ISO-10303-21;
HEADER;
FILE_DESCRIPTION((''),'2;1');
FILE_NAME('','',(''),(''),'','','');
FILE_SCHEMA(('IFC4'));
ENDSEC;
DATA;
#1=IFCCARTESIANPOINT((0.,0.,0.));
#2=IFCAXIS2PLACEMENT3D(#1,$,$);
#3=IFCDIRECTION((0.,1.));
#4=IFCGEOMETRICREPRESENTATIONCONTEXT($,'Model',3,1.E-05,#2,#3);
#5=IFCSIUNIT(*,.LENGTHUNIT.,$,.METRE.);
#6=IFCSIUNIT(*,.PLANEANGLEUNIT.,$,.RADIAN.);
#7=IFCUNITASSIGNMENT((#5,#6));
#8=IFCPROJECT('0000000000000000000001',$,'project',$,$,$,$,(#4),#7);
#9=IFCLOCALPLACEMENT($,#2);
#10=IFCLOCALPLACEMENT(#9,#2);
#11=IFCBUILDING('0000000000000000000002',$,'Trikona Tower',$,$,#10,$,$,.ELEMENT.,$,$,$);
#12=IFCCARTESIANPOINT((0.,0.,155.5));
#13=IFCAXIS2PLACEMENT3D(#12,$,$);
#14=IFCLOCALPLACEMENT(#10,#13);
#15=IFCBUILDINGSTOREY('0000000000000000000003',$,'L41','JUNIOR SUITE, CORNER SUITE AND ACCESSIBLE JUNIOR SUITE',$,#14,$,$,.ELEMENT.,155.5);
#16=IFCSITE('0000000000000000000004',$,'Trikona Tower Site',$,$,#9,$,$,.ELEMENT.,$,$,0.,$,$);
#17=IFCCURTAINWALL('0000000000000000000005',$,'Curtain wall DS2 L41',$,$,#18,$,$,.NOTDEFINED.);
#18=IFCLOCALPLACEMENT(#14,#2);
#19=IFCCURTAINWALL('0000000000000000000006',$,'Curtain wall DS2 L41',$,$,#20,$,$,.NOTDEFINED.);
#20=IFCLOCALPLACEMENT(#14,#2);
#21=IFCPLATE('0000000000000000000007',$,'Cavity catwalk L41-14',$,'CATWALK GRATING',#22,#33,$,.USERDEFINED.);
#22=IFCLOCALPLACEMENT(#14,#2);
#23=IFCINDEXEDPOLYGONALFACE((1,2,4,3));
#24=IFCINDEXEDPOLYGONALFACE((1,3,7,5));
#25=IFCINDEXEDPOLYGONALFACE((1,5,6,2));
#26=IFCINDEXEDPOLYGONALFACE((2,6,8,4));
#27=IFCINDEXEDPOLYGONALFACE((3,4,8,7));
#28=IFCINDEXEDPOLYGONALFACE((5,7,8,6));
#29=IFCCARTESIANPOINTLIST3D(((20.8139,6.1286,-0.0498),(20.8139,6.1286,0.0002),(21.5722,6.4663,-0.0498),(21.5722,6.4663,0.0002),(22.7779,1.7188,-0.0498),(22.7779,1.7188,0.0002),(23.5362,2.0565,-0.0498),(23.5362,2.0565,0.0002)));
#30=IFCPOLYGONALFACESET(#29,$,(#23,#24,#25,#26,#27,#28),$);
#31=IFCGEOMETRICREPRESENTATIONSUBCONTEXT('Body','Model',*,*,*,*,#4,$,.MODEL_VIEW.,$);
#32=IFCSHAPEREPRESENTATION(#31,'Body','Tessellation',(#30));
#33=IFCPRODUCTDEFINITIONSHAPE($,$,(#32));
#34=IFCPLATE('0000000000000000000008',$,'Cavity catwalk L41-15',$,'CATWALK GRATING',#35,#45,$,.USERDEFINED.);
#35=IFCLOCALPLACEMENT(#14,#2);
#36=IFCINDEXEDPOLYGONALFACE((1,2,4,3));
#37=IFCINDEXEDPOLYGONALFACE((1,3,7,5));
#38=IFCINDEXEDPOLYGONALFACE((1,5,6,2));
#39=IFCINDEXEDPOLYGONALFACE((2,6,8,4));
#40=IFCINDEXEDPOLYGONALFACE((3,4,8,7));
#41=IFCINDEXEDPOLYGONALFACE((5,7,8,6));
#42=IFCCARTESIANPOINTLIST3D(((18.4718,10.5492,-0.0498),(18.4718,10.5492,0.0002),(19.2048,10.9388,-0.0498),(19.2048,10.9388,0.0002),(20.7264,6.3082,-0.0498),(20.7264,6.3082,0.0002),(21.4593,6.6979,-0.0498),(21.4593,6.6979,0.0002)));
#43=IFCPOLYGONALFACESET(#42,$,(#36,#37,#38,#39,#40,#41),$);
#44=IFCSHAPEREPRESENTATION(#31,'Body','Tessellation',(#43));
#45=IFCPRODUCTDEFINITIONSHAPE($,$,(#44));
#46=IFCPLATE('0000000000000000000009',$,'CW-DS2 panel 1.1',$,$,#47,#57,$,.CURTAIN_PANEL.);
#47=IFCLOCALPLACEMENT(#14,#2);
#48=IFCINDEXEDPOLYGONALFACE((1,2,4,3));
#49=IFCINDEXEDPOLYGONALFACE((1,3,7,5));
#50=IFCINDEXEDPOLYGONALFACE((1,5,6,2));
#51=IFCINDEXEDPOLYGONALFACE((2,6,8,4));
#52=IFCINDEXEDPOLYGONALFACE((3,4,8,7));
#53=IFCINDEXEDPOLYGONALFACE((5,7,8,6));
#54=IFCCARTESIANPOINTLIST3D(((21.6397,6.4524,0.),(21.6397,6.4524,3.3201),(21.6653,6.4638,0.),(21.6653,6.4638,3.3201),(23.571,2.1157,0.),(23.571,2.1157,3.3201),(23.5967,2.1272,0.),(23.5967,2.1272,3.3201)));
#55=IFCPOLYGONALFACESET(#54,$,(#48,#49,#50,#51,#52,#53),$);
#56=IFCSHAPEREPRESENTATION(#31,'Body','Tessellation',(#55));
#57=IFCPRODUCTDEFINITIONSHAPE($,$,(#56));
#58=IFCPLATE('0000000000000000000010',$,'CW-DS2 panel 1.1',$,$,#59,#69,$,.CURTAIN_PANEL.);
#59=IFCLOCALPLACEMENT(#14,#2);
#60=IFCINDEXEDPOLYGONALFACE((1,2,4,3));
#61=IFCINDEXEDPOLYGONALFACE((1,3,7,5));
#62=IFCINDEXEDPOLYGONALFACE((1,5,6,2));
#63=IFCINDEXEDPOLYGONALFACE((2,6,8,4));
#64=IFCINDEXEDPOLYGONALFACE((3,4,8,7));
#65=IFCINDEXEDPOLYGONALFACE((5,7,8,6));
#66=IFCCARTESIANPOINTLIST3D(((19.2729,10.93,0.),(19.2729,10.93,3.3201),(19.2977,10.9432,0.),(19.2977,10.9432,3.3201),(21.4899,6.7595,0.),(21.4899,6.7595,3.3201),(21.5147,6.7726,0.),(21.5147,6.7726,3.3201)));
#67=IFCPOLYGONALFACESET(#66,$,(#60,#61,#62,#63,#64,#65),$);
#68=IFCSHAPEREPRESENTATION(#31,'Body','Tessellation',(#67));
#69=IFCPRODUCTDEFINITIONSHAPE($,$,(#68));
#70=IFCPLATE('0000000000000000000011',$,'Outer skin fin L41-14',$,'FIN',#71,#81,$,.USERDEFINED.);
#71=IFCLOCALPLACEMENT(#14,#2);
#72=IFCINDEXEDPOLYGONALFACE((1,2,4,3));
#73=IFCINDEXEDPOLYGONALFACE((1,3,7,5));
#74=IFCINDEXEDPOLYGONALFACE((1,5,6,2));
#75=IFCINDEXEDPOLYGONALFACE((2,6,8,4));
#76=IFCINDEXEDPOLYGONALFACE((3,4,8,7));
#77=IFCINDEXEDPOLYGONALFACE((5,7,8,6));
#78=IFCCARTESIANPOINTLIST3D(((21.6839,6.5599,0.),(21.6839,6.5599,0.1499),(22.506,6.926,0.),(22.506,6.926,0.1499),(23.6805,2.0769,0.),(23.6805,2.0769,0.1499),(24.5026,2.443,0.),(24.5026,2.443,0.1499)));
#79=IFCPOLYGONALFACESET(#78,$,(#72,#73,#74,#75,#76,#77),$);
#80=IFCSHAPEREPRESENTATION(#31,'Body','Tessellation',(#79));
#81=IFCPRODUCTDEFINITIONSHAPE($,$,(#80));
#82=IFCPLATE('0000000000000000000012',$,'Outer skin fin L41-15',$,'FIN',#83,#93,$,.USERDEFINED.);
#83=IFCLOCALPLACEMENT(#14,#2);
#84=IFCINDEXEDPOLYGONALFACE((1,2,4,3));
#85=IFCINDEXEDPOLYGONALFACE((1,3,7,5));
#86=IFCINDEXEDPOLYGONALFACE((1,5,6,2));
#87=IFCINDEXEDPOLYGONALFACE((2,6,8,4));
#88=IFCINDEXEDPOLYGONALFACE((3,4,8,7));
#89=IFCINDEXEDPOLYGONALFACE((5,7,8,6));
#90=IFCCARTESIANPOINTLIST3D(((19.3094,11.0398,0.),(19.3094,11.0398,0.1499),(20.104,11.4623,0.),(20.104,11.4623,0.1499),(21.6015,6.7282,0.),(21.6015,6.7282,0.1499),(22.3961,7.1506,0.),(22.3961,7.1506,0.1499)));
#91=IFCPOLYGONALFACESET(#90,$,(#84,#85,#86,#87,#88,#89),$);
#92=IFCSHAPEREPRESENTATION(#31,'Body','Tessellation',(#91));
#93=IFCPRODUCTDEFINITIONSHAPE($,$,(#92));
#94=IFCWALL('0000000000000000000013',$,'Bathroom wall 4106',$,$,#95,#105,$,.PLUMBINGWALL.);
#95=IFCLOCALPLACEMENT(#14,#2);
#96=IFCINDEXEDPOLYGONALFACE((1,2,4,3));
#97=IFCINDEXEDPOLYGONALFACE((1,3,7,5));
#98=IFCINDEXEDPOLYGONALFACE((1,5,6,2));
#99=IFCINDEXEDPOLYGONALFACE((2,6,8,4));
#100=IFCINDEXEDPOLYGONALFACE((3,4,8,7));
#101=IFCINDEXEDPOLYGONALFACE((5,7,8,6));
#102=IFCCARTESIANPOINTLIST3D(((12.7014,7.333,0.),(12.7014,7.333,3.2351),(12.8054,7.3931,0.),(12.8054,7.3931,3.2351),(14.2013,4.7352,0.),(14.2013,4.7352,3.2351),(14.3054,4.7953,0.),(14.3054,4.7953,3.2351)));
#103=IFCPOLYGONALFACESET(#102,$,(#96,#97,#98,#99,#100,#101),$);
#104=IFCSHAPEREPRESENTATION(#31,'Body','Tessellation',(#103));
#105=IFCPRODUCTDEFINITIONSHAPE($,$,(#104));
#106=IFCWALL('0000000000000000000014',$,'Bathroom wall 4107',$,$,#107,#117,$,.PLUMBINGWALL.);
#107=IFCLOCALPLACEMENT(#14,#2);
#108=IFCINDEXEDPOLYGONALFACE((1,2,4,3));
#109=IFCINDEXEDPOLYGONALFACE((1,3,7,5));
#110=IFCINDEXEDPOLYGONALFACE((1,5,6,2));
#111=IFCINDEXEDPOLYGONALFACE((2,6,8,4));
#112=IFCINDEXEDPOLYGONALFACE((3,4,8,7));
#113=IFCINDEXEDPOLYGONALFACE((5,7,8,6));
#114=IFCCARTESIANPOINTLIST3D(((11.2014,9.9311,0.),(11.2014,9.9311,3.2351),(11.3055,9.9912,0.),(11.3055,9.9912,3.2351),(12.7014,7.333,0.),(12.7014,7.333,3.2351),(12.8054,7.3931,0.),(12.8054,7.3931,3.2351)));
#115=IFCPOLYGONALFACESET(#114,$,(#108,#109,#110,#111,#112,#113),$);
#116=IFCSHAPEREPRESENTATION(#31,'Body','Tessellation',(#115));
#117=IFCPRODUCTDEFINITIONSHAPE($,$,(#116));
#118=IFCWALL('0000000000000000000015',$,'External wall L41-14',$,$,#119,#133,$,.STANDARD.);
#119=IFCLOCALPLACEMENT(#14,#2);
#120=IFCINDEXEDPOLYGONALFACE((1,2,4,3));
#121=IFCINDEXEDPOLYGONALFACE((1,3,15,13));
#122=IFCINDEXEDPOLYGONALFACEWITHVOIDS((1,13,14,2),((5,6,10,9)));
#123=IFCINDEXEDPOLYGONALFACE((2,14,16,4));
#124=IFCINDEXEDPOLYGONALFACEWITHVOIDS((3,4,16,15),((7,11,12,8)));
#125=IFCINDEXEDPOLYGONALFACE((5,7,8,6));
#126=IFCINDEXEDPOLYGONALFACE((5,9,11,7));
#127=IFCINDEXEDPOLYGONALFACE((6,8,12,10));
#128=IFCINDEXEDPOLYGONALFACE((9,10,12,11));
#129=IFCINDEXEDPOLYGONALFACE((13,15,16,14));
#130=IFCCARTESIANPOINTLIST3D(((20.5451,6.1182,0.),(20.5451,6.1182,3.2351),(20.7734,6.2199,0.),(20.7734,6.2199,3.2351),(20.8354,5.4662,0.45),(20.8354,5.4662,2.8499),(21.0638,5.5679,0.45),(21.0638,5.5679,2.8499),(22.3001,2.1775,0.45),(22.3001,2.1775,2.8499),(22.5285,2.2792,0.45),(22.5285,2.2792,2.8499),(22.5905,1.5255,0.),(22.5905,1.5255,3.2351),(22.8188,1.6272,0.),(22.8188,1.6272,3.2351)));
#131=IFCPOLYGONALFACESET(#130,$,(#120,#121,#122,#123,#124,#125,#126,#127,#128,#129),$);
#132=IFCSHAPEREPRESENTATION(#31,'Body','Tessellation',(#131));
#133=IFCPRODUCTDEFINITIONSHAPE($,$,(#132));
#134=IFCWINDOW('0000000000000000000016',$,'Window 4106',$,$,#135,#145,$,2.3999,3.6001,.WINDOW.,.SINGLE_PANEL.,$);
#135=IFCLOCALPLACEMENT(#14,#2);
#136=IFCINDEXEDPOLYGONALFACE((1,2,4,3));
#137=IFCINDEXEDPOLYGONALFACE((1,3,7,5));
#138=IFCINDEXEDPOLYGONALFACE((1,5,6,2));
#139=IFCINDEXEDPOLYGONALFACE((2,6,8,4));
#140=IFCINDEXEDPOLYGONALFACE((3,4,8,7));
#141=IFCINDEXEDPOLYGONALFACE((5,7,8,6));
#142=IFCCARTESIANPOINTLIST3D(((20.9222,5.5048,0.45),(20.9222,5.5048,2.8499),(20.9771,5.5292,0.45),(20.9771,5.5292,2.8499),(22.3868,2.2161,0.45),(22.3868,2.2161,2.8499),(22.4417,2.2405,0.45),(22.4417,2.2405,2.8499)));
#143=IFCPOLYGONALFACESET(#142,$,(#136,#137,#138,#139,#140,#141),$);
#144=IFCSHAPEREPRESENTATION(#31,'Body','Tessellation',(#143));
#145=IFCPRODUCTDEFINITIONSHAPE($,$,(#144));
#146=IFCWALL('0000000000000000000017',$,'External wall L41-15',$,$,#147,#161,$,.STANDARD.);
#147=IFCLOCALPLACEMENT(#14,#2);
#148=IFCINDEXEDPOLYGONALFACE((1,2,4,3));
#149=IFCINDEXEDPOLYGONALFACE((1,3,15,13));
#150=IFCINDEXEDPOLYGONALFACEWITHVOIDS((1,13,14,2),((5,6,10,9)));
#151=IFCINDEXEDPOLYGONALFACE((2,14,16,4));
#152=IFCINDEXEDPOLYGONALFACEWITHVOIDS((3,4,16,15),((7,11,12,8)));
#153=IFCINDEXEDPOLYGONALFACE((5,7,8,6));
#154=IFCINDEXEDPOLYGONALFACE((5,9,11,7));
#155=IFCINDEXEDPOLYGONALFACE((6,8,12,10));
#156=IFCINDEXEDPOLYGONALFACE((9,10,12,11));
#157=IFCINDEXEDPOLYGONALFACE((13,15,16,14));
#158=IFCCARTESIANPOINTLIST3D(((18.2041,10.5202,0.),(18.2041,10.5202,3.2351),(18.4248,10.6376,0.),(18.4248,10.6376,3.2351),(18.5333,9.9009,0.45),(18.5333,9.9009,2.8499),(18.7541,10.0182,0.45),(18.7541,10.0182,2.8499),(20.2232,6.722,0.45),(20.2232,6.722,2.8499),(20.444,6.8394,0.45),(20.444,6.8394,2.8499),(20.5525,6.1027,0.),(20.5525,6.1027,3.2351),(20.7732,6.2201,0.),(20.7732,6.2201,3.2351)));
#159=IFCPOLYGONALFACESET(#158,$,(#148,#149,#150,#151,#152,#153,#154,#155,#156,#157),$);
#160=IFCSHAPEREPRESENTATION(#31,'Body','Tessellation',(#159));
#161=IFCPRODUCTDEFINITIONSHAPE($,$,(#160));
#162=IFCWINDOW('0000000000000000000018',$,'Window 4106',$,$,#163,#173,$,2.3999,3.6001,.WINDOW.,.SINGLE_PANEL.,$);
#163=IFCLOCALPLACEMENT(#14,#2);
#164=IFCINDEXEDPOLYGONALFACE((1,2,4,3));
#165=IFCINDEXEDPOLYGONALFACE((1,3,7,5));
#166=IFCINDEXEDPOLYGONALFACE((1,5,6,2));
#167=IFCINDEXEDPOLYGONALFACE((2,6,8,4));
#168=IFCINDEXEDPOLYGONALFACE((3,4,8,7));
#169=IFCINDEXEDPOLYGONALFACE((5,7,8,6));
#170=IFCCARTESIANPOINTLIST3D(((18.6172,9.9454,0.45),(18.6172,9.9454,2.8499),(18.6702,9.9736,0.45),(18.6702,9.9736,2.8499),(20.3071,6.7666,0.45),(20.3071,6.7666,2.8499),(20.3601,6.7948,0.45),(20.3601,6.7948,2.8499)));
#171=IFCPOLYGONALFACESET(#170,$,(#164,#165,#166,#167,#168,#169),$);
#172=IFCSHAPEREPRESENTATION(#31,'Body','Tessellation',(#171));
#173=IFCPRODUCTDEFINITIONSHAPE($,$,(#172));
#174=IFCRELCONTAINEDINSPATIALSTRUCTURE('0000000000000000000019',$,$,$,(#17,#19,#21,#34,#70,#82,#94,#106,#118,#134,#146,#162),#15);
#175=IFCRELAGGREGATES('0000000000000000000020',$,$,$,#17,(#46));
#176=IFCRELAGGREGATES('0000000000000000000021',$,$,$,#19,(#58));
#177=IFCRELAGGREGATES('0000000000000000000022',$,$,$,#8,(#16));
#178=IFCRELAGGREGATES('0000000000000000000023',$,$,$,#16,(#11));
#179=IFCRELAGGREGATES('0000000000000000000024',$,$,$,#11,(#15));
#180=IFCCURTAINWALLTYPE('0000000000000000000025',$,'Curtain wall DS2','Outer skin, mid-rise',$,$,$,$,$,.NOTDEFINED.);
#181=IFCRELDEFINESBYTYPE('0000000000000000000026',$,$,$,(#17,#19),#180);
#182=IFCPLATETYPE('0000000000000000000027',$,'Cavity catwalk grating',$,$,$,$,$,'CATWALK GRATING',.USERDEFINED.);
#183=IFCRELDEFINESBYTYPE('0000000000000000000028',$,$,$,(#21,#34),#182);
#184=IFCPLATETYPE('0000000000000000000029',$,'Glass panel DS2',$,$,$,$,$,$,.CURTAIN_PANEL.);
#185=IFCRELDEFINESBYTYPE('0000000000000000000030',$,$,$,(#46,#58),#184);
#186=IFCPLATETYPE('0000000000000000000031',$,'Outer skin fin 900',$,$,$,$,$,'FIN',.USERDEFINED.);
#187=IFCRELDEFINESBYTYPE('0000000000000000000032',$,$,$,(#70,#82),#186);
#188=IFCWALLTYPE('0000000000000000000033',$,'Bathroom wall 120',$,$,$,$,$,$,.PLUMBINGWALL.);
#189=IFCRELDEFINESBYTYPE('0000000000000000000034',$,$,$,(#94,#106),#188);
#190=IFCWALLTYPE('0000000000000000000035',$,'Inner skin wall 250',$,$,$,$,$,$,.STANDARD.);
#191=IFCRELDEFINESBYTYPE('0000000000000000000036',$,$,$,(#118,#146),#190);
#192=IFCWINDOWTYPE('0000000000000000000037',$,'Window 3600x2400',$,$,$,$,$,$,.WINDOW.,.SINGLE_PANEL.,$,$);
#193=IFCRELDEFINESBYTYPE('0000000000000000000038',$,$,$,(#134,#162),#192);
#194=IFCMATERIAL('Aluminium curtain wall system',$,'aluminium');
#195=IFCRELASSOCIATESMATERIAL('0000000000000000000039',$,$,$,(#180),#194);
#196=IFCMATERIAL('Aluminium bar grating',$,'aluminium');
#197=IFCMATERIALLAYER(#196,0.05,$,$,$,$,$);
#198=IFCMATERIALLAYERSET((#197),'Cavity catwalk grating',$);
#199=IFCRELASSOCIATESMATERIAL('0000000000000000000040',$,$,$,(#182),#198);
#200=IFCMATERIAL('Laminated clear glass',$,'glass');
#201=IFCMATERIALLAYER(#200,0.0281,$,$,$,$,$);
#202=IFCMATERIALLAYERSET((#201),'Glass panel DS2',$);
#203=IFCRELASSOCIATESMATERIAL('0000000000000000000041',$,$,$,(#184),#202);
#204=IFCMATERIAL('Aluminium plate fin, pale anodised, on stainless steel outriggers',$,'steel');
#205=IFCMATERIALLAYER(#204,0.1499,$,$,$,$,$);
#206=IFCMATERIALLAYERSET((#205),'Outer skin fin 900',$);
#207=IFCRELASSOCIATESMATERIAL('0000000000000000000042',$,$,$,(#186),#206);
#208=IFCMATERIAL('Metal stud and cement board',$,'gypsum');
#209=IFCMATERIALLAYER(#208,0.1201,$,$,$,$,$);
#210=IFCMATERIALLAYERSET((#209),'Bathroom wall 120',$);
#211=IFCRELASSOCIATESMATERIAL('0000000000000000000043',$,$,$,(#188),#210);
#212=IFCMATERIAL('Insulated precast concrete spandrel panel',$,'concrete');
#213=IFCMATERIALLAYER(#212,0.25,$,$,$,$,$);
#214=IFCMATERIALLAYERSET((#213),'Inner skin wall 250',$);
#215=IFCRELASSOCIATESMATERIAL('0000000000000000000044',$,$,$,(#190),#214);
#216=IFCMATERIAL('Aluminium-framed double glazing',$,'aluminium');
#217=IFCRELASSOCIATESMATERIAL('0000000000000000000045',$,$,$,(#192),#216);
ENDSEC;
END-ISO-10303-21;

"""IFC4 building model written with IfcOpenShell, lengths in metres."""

from ifc_helpers import new_model, si_unit, direction, frame, frame_2d, origin, origin_2d, place, context, subcontext, project, spatial, rectangle, extrude, material, layer, layer_set, type_object, element, fill, aggregate, save


model = new_model("IFC4")

# Units and contexts
model_context = context("Model", 3, precision=1e-05, world=origin(), true_north=direction((0.0, 1.0)))
body_context = subcontext(model_context, "Body", "Model", "MODEL_VIEW")
ifc_project = project(units=[si_unit("LENGTHUNIT", "METRE"), si_unit("PLANEANGLEUNIT", "RADIAN")], contexts=[model_context])

# Site, building, storey
site_placement = place(None, origin())
site = spatial("IfcSite", under=ifc_project, at=site_placement, Name="Trikona Tower Site", CompositionType="ELEMENT", RefElevation=0.0)
building_placement = place(site_placement, origin())
building = spatial("IfcBuilding", under=site, at=building_placement, Name="Trikona Tower", CompositionType="ELEMENT")
storey_placement = place(building_placement, frame((0.0, 0.0, 155.5)))
storey = spatial("IfcBuildingStorey", under=building, at=storey_placement, Name="L41", Description="JUNIOR SUITE, CORNER SUITE AND ACCESSIBLE JUNIOR SUITE", CompositionType="ELEMENT", Elevation=155.5)

# Shared definitions
ifc_material_1 = material(Name="Aluminium curtain wall system", Category="aluminium")
curtain_wall_type = type_object("IfcCurtainWallType", Name="Curtain wall DS2", Description="Outer skin, mid-rise", PredefinedType="NOTDEFINED", material=ifc_material_1)

# Curtain walls
curtain_wall_1_placement = place(storey_placement, origin())
curtain_wall_1 = element("IfcCurtainWall", 1, at=curtain_wall_1_placement, inside=storey, type_object=curtain_wall_type, Name="Curtain wall DS2 L41", PredefinedType="NOTDEFINED")
curtain_wall_2_placement = place(storey_placement, origin())
curtain_wall_2 = element("IfcCurtainWall", 2, at=curtain_wall_2_placement, inside=storey, type_object=curtain_wall_type, Name="Curtain wall DS2 L41", PredefinedType="NOTDEFINED")

# Plates
ifc_material_2 = material(Name="Aluminium bar grating", Category="aluminium")
ifc_layer_1 = layer(ifc_material_2, 0.05)
ifc_layer_set_1 = layer_set([ifc_layer_1], Name="Cavity catwalk grating")
plate_type_1 = type_object("IfcPlateType", Name="Cavity catwalk grating", ElementType="CATWALK GRATING", PredefinedType="USERDEFINED", material=ifc_layer_set_1)
plate_1_placement = place(storey_placement, frame((22.175, 4.0925, -0.0498), z_axis=(0.0, 0.0, 1.0), x_axis=(-0.406843, 0.913498, 0.0)))
element("IfcPlate", 3, at=plate_1_placement, inside=storey, type_object=plate_type_1, Name="Cavity catwalk L41-14", ObjectType="CATWALK GRATING", PredefinedType="USERDEFINED", context=body_context, shape_type="SweptSolid", body=[
    extrude(rectangle(XDim=4.8274, YDim=0.8301, at=origin_2d()), origin(), (0.0, 0.0, 1.0), 0.05),
])
plate_2_placement = place(storey_placement, frame((19.9656, 8.6235, -0.0498), z_axis=(0.0, 0.0, 1.0), x_axis=(-0.469398, 0.882987, 0.0)))
element("IfcPlate", 4, at=plate_2_placement, inside=storey, type_object=plate_type_1, Name="Cavity catwalk L41-15", ObjectType="CATWALK GRATING", PredefinedType="USERDEFINED", context=body_context, shape_type="SweptSolid", body=[
    extrude(rectangle(XDim=4.803, YDim=0.8301, at=origin_2d()), origin(), (0.0, 0.0, 1.0), 0.05),
])

# Plates
ifc_material_3 = material(Name="Laminated clear glass", Category="glass")
ifc_layer_2 = layer(ifc_material_3, 0.0281)
ifc_layer_set_2 = layer_set([ifc_layer_2], Name="Glass panel DS2")
plate_type_2 = type_object("IfcPlateType", Name="Glass panel DS2", PredefinedType="CURTAIN_PANEL", material=ifc_layer_set_2)
plate_3_placement = place(storey_placement, frame((22.6182, 4.2898, 0.0), z_axis=(0.0, 0.0, 1.0), x_axis=(-0.406836, 0.913501, 0.0)))
plate_3 = element("IfcPlate", 5, at=plate_3_placement, type_object=plate_type_2, Name="CW-DS2 panel 1.1", PredefinedType="CURTAIN_PANEL", context=body_context, shape_type="SweptSolid", body=[
    extrude(rectangle(XDim=4.7473, YDim=0.0281, at=origin_2d()), origin(), (0.0, 0.0, 1.0), 3.3201),
])
aggregate(curtain_wall_1, [plate_3])
plate_4_placement = place(storey_placement, frame((20.3938, 8.8513, 0.0), z_axis=(0.0, 0.0, 1.0), x_axis=(-0.46938, 0.882996, 0.0)))
plate_4 = element("IfcPlate", 6, at=plate_4_placement, type_object=plate_type_2, Name="CW-DS2 panel 1.1", PredefinedType="CURTAIN_PANEL", context=body_context, shape_type="SweptSolid", body=[
    extrude(rectangle(XDim=4.7231, YDim=0.0281, at=origin_2d()), origin(), (0.0, 0.0, 1.0), 3.3201),
])
aggregate(curtain_wall_2, [plate_4])

# Plates
ifc_material_4 = material(Name="Aluminium plate fin, pale anodised, on stainless steel outriggers", Category="steel")
ifc_layer_3 = layer(ifc_material_4, 0.1499)
ifc_layer_set_3 = layer_set([ifc_layer_3], Name="Outer skin fin 900")
plate_type_3 = type_object("IfcPlateType", Name="Outer skin fin 900", ElementType="FIN", PredefinedType="USERDEFINED", material=ifc_layer_set_3)
plate_5_placement = place(storey_placement, frame((23.0933, 4.5015, 0.0), z_axis=(0.0, 0.0, 1.0), x_axis=(-0.406843, 0.913498, 0.0)))
element("IfcPlate", 7, at=plate_5_placement, inside=storey, type_object=plate_type_3, Name="Outer skin fin L41-14", ObjectType="FIN", PredefinedType="USERDEFINED", context=body_context, shape_type="SweptSolid", body=[
    extrude(rectangle(XDim=4.9075, YDim=0.8999, at=origin_2d()), origin(), (0.0, 0.0, 1.0), 0.1499),
])
plate_6_placement = place(storey_placement, frame((20.8528, 9.0952, 0.0), z_axis=(0.0, 0.0, 1.0), x_axis=(-0.469398, 0.882987, 0.0)))
element("IfcPlate", 8, at=plate_6_placement, inside=storey, type_object=plate_type_3, Name="Outer skin fin L41-15", ObjectType="FIN", PredefinedType="USERDEFINED", context=body_context, shape_type="SweptSolid", body=[
    extrude(rectangle(XDim=4.8831, YDim=0.8999, at=origin_2d()), origin(), (0.0, 0.0, 1.0), 0.1499),
])

# Walls
ifc_material_5 = material(Name="Metal stud and cement board", Category="gypsum")
ifc_layer_4 = layer(ifc_material_5, 0.1201)
ifc_layer_set_4 = layer_set([ifc_layer_4], Name="Bathroom wall 120")
wall_type_1 = type_object("IfcWallType", Name="Bathroom wall 120", PredefinedType="PLUMBINGWALL", material=ifc_layer_set_4)
wall_1_placement = place(storey_placement, frame((14.2534, 4.7651, 0.0), z_axis=(0.0, 0.0, 1.0), x_axis=(-0.500025, 0.866011, 0.0)))
element("IfcWall", 9, at=wall_1_placement, inside=storey, type_object=wall_type_1, Name="Bathroom wall 4106", PredefinedType="PLUMBINGWALL", context=body_context, shape_type="SweptSolid", body=[
    extrude(rectangle(XDim=2.9998, YDim=0.1201, at=frame_2d((1.5, 0.0))), origin(), (0.0, 0.0, 1.0), 3.2351),
])
wall_2_placement = place(storey_placement, frame((12.7534, 7.363, 0.0), z_axis=(0.0, 0.0, 1.0), x_axis=(-0.49999, 0.866031, 0.0)))
element("IfcWall", 10, at=wall_2_placement, inside=storey, type_object=wall_type_1, Name="Bathroom wall 4107", PredefinedType="PLUMBINGWALL", context=body_context, shape_type="SweptSolid", body=[
    extrude(rectangle(XDim=3.0, YDim=0.1201, at=frame_2d((1.5, 0.0))), origin(), (0.0, 0.0, 1.0), 3.2351),
])

# Walls, openings, windows
ifc_material_6 = material(Name="Insulated precast concrete spandrel panel", Category="concrete")
ifc_layer_5 = layer(ifc_material_6, 0.25)
ifc_layer_set_5 = layer_set([ifc_layer_5], Name="Inner skin wall 250")
wall_type_2 = type_object("IfcWallType", Name="Inner skin wall 250", PredefinedType="STANDARD", material=ifc_layer_set_5)
wall_3_placement = place(storey_placement, frame((22.7046, 1.5764, 0.0), z_axis=(0.0, 0.0, 1.0), x_axis=(-0.406832, 0.913503, 0.0)))
wall_3 = element("IfcWall", 11, at=wall_3_placement, inside=storey, type_object=wall_type_2, Name="External wall L41-14", PredefinedType="STANDARD", context=body_context, shape_type="SweptSolid", body=[
    extrude(rectangle(XDim=5.0276, YDim=0.25, at=frame_2d((2.5137, 0.0))), origin(), (0.0, 0.0, 1.0), 3.2351),
])
opening_1_placement = place(wall_3_placement, frame((0.7136, 0.0, 0.45)))
opening_1 = element("IfcOpeningElement", 12, at=opening_1_placement, cuts=wall_3, PredefinedType="OPENING", context=body_context, shape_type="SweptSolid", body=[
    extrude(rectangle(XDim=3.6001, YDim=2.3999, at=frame_2d((1.8, 1.2))), frame((0.0, 0.135, 0.0), z_axis=(0.0, -1.0, 0.0), x_axis=(1.0, 0.0, 0.0)), (0.0, 0.0, 1.0), 0.27),
])
ifc_material_7 = material(Name="Aluminium-framed double glazing", Category="aluminium")
window_type = type_object("IfcWindowType", Name="Window 3600x2400", PartitioningType="SINGLE_PANEL", PredefinedType="WINDOW", material=ifc_material_7)
window_1_placement = place(opening_1_placement, origin())
window_1 = element("IfcWindow", 13, at=window_1_placement, inside=storey, type_object=window_type, Name="Window 4106", OverallHeight=2.3999, OverallWidth=3.6001, PartitioningType="SINGLE_PANEL", PredefinedType="WINDOW", context=body_context, shape_type="SweptSolid", body=[
    extrude(rectangle(XDim=3.6001, YDim=2.3999, at=frame_2d((1.8, 1.2))), frame((0.0, 0.03, 0.0), z_axis=(0.0, -1.0, 0.0), x_axis=(1.0, 0.0, 0.0)), (0.0, 0.0, 1.0), 0.0601),
])
fill(opening_1, window_1)
wall_4_placement = place(storey_placement, frame((20.6628, 6.1614, 0.0), z_axis=(0.0, 0.0, 1.0), x_axis=(-0.469405, 0.882983, 0.0)))
wall_4 = element("IfcWall", 14, at=wall_4_placement, inside=storey, type_object=wall_type_2, Name="External wall L41-15", PredefinedType="STANDARD", context=body_context, shape_type="SweptSolid", body=[
    extrude(rectangle(XDim=5.0029, YDim=0.25, at=frame_2d((2.5015, 0.0))), origin(), (0.0, 0.0, 1.0), 3.2351),
])
opening_2_placement = place(wall_4_placement, frame((0.7014, 0.0, 0.45)))
opening_2 = element("IfcOpeningElement", 15, at=opening_2_placement, cuts=wall_4, PredefinedType="OPENING", context=body_context, shape_type="SweptSolid", body=[
    extrude(rectangle(XDim=3.6001, YDim=2.3999, at=frame_2d((1.8, 1.2))), frame((0.0, 0.135, 0.0), z_axis=(0.0, -1.0, 0.0), x_axis=(1.0, 0.0, 0.0)), (0.0, 0.0, 1.0), 0.27),
])
window_2_placement = place(opening_2_placement, origin())
window_2 = element("IfcWindow", 16, at=window_2_placement, inside=storey, type_object=window_type, Name="Window 4106", OverallHeight=2.3999, OverallWidth=3.6001, PartitioningType="SINGLE_PANEL", PredefinedType="WINDOW", context=body_context, shape_type="SweptSolid", body=[
    extrude(rectangle(XDim=3.6001, YDim=2.3999, at=frame_2d((1.8, 1.2))), frame((0.0, 0.03, 0.0), z_axis=(0.0, -1.0, 0.0), x_axis=(1.0, 0.0, 0.0)), (0.0, 0.0, 1.0), 0.0601),
])
fill(opening_2, window_2)

save(model, "model.ifc")
